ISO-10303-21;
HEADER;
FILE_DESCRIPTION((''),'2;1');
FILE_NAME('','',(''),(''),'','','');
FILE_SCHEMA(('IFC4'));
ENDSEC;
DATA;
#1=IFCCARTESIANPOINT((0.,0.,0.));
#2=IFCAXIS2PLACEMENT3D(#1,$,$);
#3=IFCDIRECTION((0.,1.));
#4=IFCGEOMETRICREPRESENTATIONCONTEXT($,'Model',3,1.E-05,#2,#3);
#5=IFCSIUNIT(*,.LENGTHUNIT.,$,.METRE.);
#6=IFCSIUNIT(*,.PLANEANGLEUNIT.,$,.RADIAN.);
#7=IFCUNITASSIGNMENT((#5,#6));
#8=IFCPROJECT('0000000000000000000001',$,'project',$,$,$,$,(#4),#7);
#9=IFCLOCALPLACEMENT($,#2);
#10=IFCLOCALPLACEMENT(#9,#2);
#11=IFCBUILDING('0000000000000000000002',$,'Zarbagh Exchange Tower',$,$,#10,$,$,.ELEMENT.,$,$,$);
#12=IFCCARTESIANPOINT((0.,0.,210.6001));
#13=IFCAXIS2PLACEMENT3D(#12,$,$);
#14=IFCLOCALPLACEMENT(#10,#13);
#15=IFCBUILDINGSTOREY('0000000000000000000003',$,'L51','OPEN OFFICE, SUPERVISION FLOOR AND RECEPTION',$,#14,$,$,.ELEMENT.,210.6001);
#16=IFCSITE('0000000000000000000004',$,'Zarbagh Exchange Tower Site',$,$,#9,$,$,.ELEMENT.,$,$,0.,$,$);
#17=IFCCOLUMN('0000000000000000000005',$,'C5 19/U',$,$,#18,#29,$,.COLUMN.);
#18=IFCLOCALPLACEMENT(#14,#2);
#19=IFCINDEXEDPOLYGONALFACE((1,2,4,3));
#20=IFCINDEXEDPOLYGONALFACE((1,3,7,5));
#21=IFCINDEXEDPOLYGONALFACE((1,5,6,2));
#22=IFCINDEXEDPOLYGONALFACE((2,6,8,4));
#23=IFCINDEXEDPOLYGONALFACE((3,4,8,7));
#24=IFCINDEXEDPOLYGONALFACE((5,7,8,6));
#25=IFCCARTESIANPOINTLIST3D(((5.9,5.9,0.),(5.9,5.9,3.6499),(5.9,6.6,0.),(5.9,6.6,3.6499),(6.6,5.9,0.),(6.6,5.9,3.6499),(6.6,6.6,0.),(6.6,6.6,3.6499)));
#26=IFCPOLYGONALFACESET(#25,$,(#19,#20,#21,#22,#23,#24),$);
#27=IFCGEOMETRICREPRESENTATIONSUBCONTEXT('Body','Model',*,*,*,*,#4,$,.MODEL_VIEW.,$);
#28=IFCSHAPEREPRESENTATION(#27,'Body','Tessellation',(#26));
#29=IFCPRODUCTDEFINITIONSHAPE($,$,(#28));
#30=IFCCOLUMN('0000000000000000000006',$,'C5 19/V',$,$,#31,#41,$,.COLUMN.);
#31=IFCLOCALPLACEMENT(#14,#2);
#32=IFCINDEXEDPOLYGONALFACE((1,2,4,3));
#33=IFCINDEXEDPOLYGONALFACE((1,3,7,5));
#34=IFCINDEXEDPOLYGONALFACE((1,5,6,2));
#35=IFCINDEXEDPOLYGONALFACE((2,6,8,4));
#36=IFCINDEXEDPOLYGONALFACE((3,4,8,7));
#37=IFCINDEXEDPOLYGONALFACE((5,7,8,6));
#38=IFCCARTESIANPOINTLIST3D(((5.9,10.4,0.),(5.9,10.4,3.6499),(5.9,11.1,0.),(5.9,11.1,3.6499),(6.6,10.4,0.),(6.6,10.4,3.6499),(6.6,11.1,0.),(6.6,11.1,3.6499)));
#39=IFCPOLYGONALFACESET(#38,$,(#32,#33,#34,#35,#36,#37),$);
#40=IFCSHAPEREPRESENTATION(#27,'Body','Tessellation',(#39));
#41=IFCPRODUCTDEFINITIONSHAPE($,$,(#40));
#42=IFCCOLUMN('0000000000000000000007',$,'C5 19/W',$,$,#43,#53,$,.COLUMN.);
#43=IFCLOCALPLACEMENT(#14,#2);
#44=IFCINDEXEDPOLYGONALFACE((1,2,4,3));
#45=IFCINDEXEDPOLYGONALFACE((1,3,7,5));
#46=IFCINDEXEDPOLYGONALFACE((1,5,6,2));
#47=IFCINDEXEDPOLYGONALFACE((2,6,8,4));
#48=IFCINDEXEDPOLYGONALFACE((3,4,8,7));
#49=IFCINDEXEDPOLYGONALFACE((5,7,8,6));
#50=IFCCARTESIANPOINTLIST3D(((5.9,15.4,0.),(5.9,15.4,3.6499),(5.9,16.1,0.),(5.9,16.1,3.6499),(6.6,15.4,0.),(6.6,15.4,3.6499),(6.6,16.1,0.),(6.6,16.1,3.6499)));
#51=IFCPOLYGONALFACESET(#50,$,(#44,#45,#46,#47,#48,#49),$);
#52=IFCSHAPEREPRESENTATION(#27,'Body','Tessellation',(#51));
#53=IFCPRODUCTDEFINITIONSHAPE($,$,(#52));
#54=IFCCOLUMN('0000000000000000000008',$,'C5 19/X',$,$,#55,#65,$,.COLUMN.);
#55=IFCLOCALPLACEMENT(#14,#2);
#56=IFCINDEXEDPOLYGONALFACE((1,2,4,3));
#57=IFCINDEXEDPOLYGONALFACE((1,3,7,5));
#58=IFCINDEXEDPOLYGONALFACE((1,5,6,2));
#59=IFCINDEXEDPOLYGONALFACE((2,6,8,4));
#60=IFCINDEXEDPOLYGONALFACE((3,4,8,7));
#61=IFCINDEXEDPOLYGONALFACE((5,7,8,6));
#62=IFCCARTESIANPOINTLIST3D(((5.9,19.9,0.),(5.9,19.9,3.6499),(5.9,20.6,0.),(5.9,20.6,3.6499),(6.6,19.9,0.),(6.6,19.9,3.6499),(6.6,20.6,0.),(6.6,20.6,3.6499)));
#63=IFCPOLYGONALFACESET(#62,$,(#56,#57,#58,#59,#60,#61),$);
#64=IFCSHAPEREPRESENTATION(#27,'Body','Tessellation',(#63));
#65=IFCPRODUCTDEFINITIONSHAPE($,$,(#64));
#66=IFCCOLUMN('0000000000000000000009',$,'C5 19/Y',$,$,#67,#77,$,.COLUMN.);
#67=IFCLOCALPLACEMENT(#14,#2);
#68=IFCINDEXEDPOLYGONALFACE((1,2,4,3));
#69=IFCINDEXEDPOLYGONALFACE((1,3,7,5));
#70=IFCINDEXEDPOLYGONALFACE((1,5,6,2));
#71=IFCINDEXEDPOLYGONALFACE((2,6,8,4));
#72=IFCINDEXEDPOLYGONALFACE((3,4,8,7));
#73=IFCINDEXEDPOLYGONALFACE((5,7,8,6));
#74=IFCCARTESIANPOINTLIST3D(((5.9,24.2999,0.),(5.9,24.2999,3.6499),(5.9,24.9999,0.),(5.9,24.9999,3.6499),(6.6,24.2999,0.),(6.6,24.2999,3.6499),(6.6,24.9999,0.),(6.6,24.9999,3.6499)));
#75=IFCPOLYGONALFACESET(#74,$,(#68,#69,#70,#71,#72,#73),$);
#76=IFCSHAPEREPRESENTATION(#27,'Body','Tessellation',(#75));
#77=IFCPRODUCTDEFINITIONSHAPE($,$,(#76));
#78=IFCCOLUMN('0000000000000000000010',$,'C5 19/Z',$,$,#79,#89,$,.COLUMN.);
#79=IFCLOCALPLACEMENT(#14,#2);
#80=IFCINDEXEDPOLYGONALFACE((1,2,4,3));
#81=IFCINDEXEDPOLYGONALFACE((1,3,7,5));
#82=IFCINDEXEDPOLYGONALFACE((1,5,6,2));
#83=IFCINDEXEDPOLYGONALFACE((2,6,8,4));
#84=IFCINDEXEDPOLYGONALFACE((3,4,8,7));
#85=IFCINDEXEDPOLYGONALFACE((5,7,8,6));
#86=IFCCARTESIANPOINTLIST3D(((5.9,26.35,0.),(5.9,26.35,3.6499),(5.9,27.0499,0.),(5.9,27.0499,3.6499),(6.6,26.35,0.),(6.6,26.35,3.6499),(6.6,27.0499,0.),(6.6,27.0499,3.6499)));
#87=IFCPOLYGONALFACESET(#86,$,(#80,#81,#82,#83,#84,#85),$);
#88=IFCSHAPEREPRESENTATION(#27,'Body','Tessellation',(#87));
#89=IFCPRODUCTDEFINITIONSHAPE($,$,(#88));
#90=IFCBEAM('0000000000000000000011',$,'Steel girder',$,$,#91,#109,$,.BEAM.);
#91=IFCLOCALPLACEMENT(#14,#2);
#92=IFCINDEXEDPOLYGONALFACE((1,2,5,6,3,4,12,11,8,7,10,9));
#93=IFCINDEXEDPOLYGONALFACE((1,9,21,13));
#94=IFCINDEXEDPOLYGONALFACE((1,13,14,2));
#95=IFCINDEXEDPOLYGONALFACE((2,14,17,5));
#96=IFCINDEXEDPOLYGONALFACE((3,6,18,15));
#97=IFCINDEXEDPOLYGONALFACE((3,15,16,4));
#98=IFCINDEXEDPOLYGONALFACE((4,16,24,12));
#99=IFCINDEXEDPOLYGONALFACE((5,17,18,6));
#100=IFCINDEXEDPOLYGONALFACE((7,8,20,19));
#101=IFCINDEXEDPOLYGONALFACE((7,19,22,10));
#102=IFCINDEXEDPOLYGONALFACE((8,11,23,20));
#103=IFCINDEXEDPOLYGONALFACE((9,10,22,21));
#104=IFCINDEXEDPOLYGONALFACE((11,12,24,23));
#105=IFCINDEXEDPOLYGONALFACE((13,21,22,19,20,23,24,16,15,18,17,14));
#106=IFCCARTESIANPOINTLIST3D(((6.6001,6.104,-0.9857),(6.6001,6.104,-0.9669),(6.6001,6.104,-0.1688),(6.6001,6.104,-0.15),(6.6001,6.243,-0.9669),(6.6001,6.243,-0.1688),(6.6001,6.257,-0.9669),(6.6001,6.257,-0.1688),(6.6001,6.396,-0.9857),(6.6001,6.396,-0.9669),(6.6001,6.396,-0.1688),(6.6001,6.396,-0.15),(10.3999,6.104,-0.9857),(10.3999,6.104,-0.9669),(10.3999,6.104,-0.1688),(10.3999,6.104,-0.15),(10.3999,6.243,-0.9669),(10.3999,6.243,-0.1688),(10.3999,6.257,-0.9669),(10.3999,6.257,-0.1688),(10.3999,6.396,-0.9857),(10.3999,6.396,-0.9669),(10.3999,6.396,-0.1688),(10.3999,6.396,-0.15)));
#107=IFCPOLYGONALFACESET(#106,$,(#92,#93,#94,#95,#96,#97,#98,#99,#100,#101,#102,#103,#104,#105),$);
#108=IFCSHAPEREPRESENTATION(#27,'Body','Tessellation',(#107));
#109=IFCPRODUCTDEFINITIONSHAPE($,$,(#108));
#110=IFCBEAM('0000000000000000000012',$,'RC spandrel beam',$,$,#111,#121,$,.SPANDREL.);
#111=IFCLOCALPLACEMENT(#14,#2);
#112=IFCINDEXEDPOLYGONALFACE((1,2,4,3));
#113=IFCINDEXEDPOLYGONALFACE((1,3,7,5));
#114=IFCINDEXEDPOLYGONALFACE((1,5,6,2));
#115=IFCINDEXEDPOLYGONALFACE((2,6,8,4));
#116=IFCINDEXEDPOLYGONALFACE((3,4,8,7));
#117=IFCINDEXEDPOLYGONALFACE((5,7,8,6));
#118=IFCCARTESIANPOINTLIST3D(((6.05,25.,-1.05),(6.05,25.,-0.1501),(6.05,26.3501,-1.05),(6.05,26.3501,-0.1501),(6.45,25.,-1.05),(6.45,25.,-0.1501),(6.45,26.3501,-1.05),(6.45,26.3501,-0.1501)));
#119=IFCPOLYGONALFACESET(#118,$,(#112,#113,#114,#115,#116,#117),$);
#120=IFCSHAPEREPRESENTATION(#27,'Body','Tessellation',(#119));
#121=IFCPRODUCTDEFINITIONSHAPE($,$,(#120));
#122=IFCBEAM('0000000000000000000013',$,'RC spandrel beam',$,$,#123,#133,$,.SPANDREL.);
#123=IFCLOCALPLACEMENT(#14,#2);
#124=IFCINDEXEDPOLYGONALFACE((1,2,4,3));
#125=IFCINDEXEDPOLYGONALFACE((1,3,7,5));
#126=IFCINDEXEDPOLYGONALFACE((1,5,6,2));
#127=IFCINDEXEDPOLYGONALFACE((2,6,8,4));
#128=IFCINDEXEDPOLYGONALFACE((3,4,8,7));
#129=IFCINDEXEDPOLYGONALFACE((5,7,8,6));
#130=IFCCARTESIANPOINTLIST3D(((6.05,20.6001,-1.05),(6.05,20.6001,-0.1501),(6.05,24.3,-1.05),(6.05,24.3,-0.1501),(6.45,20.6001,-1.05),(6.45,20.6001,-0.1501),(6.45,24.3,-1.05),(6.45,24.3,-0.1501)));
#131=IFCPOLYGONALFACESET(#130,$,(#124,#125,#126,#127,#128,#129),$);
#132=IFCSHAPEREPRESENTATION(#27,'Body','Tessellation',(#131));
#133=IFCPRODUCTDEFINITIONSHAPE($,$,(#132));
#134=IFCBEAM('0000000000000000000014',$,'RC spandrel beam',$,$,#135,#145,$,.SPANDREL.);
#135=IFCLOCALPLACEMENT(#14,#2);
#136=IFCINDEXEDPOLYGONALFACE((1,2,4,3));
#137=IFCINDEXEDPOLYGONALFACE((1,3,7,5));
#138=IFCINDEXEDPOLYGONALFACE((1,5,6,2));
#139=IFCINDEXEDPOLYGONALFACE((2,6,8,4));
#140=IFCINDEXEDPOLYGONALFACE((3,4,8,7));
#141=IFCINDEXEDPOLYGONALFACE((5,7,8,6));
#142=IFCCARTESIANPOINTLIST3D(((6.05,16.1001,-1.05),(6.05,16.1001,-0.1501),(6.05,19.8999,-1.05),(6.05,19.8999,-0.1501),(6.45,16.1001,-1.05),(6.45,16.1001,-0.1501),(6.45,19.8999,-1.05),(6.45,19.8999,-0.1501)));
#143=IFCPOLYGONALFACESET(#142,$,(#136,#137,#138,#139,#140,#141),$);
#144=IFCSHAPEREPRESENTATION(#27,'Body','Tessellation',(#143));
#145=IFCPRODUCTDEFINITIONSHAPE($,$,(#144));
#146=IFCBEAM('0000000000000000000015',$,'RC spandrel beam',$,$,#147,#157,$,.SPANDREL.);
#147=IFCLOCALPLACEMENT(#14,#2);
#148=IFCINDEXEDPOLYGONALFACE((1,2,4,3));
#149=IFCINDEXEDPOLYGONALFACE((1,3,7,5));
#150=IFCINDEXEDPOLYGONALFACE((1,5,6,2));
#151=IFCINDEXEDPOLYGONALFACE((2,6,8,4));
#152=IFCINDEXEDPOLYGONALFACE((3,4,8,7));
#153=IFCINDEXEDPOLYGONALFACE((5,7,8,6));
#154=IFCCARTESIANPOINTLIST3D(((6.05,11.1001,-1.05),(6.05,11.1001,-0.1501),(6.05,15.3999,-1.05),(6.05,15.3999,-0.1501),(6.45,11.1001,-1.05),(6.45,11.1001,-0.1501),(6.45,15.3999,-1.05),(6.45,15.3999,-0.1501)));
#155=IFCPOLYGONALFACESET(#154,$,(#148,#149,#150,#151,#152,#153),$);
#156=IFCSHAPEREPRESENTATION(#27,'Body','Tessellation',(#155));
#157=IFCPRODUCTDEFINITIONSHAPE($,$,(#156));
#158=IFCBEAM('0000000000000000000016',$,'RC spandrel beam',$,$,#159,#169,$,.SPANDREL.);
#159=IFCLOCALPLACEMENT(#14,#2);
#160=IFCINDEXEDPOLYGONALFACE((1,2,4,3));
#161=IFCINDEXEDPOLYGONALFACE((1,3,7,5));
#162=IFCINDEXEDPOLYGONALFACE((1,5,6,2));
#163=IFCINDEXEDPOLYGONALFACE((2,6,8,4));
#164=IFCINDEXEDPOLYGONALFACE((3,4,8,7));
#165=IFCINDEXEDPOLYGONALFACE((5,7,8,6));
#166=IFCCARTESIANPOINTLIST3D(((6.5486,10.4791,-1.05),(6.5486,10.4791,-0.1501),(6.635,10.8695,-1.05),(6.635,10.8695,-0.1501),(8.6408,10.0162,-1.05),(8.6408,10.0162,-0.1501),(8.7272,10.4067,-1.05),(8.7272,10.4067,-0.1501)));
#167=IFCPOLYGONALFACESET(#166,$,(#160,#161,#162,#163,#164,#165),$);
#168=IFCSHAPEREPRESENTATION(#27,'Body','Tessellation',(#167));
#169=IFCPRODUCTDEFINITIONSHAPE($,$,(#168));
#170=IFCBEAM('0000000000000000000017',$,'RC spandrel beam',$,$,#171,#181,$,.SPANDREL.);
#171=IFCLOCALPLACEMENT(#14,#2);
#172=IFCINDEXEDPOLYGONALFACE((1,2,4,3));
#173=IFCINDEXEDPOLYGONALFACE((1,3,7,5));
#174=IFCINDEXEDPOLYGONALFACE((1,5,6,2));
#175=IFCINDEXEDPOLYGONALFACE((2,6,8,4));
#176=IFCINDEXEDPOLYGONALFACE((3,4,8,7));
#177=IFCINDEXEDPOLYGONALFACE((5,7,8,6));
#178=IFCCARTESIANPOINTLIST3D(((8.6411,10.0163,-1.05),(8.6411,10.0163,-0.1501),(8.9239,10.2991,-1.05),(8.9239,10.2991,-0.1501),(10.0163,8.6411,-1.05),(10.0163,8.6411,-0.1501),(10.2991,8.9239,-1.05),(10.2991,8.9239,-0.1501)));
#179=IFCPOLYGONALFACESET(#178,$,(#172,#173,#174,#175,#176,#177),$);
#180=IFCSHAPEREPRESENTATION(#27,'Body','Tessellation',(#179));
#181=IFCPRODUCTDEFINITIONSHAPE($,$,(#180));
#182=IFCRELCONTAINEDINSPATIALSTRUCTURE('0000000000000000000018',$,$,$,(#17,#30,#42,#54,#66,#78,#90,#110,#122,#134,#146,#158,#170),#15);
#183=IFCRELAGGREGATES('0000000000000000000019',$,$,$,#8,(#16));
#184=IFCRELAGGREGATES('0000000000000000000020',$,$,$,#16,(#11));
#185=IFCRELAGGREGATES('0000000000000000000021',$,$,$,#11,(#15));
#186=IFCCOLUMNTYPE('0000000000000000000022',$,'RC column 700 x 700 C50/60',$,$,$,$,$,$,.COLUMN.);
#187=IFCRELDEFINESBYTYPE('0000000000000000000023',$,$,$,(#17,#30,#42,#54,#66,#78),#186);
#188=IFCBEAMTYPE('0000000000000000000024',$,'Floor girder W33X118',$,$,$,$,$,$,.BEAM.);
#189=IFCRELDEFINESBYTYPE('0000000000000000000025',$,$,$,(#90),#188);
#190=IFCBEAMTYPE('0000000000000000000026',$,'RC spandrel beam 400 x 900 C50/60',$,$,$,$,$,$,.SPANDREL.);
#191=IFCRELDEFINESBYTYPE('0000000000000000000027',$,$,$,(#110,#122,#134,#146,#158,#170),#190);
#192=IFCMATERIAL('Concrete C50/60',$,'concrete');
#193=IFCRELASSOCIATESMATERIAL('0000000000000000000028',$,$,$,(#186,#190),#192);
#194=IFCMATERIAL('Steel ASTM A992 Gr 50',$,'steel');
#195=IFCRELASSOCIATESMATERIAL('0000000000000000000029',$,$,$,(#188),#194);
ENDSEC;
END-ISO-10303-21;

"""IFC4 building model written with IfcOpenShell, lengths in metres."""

from ifc_helpers import new_model, si_unit, direction, frame, origin, origin_2d, place, context, subcontext, project, spatial, rectangle, i_section, extrude, material, material_profile, profile_set, type_object, element, save


model = new_model("IFC4")

# Units and contexts
model_context = context("Model", 3, precision=1e-05, world=origin(), true_north=direction((0.0, 1.0)))
body_context = subcontext(model_context, "Body", "Model", "MODEL_VIEW")
ifc_project = project(units=[si_unit("LENGTHUNIT", "METRE"), si_unit("PLANEANGLEUNIT", "RADIAN")], contexts=[model_context])

# Site, building, storey
site_placement = place(None, origin())
site = spatial("IfcSite", under=ifc_project, at=site_placement, Name="Zarbagh Exchange Tower Site", CompositionType="ELEMENT", RefElevation=0.0)
building_placement = place(site_placement, origin())
building = spatial("IfcBuilding", under=site, at=building_placement, Name="Zarbagh Exchange Tower", CompositionType="ELEMENT")
storey_placement = place(building_placement, frame((0.0, 0.0, 210.6001)))
storey = spatial("IfcBuildingStorey", under=building, at=storey_placement, Name="L51", Description="OPEN OFFICE, SUPERVISION FLOOR AND RECEPTION", CompositionType="ELEMENT", Elevation=210.6001)

# Columns
ifc_material_1 = material(Name="Concrete C50/60", Category="concrete")
ifc_material_profile_1 = material_profile(ifc_material_1, rectangle(XDim=0.7, YDim=0.7, at=origin_2d()), Name="RC column 700 x 700 C50/60")
ifc_profile_set_1 = profile_set([ifc_material_profile_1], Name="Concrete C50/60")
column_type = type_object("IfcColumnType", Name="RC column 700 x 700 C50/60", PredefinedType="COLUMN", material=ifc_profile_set_1)
for number, where, z_axis, x_axis, name in (
    (1, (6.25, 6.25, 0.0), (0.0, 0.0, 1.0), (1.0, 0.0, 0.0), "C5 19/U"),
    (2, (6.25, 10.75, 0.0), (0.0, 0.0, 1.0), (1.0, 0.0, 0.0), "C5 19/V"),
    (3, (6.25, 15.75, 0.0), (0.0, 0.0, 1.0), (1.0, 0.0, 0.0), "C5 19/W"),
    (4, (6.25, 20.25, 0.0), (0.0, 0.0, 1.0), (1.0, 0.0, 0.0), "C5 19/X"),
    (5, (6.25, 24.6499, 0.0), (0.0, 0.0, 1.0), (1.0, 0.0, 0.0), "C5 19/Y"),
    (6, (6.25, 26.7, 0.0), (0.0, 0.0, 1.0), (1.0, 0.0, 0.0), "C5 19/Z"),
):
    element("IfcColumn", number, at=place(storey_placement, frame(where, z_axis=z_axis, x_axis=x_axis)), inside=storey, type_object=column_type, Name=name, PredefinedType="COLUMN", context=body_context, shape_type="SweptSolid", body=[
        extrude(rectangle(XDim=0.7, YDim=0.7, at=origin_2d()), origin(), (0.0, 0.0, 1.0), 3.6499),
    ])

# Beams
ifc_material_2 = material(Name="Steel ASTM A992 Gr 50", Category="steel")
ifc_material_profile_2 = material_profile(ifc_material_2, i_section(OverallWidth=0.292, OverallDepth=0.8357, WebThickness=0.0139, FlangeThickness=0.0188, at=origin_2d()), Name="W33X118")
ifc_profile_set_2 = profile_set([ifc_material_profile_2], Name="Steel ASTM A992 Gr 50")
beam_type_1 = type_object("IfcBeamType", Name="Floor girder W33X118", PredefinedType="BEAM", material=ifc_profile_set_2)
beam_1_placement = place(storey_placement, frame((6.6001, 6.25, -0.5679), z_axis=(1.0, 0.0, 0.0), x_axis=(0.0, 1.0, 0.0)))
element("IfcBeam", 7, at=beam_1_placement, inside=storey, type_object=beam_type_1, Name="Steel girder", PredefinedType="BEAM", context=body_context, shape_type="SweptSolid", body=[
    extrude(i_section(OverallWidth=0.292, OverallDepth=0.8357, WebThickness=0.0139, FlangeThickness=0.0188, at=origin_2d()), origin(), (0.0, 0.0, 1.0), 3.7998),
])
ifc_material_profile_3 = material_profile(ifc_material_1, rectangle(XDim=0.3999, YDim=0.8999, at=origin_2d()), Name="RC spandrel beam 400 x 900 C50/60")
ifc_profile_set_3 = profile_set([ifc_material_profile_3], Name="Concrete C50/60")
beam_type_2 = type_object("IfcBeamType", Name="RC spandrel beam 400 x 900 C50/60", PredefinedType="SPANDREL", material=ifc_profile_set_3)
beam_2_placement = place(storey_placement, frame((6.25, 26.3501, -0.6001), z_axis=(0.0, -1.0, 0.0), x_axis=(1.0, 0.0, 0.0)))
element("IfcBeam", 8, at=beam_2_placement, inside=storey, type_object=beam_type_2, Name="RC spandrel beam", PredefinedType="SPANDREL", context=body_context, shape_type="SweptSolid", body=[
    extrude(rectangle(XDim=0.3999, YDim=0.8999, at=origin_2d()), origin(), (0.0, 0.0, 1.0), 1.3501),
])
beam_3_placement = place(storey_placement, frame((6.25, 24.3, -0.6001), z_axis=(0.0, -1.0, 0.0), x_axis=(1.0, 0.0, 0.0)))
element("IfcBeam", 9, at=beam_3_placement, inside=storey, type_object=beam_type_2, Name="RC spandrel beam", PredefinedType="SPANDREL", context=body_context, shape_type="SweptSolid", body=[
    extrude(rectangle(XDim=0.3999, YDim=0.8999, at=origin_2d()), origin(), (0.0, 0.0, 1.0), 3.7),
])
beam_4_placement = place(storey_placement, frame((6.25, 19.8999, -0.6001), z_axis=(0.0, -1.0, 0.0), x_axis=(1.0, 0.0, 0.0)))
element("IfcBeam", 10, at=beam_4_placement, inside=storey, type_object=beam_type_2, Name="RC spandrel beam", PredefinedType="SPANDREL", context=body_context, shape_type="SweptSolid", body=[
    extrude(rectangle(XDim=0.3999, YDim=0.8999, at=origin_2d()), origin(), (0.0, 0.0, 1.0), 3.7998),
])
beam_5_placement = place(storey_placement, frame((6.25, 15.3999, -0.6001), z_axis=(0.0, -1.0, 0.0), x_axis=(1.0, 0.0, 0.0)))
element("IfcBeam", 11, at=beam_5_placement, inside=storey, type_object=beam_type_2, Name="RC spandrel beam", PredefinedType="SPANDREL", context=body_context, shape_type="SweptSolid", body=[
    extrude(rectangle(XDim=0.3999, YDim=0.8999, at=origin_2d()), origin(), (0.0, 0.0, 1.0), 4.2998),
])
beam_6_placement = place(storey_placement, frame((6.5918, 10.6743, -0.6001), z_axis=(0.97639, -0.216014, 0.0), x_axis=(0.216014, 0.97639, 0.0)))
element("IfcBeam", 12, at=beam_6_placement, inside=storey, type_object=beam_type_2, Name="RC spandrel beam", PredefinedType="SPANDREL", context=body_context, shape_type="SweptSolid", body=[
    extrude(rectangle(XDim=0.3999, YDim=0.8999, at=origin_2d()), origin(), (0.0, 0.0, 1.0), 2.1428),
])
beam_7_placement = place(storey_placement, frame((8.7825, 10.1577, -0.6001), z_axis=(0.707107, -0.707107, 0.0), x_axis=(0.707107, 0.707107, 0.0)))
element("IfcBeam", 13, at=beam_7_placement, inside=storey, type_object=beam_type_2, Name="RC spandrel beam", PredefinedType="SPANDREL", context=body_context, shape_type="SweptSolid", body=[
    extrude(rectangle(XDim=0.3999, YDim=0.8999, at=origin_2d()), origin(), (0.0, 0.0, 1.0), 1.9448),
])

save(model, "model.ifc")
